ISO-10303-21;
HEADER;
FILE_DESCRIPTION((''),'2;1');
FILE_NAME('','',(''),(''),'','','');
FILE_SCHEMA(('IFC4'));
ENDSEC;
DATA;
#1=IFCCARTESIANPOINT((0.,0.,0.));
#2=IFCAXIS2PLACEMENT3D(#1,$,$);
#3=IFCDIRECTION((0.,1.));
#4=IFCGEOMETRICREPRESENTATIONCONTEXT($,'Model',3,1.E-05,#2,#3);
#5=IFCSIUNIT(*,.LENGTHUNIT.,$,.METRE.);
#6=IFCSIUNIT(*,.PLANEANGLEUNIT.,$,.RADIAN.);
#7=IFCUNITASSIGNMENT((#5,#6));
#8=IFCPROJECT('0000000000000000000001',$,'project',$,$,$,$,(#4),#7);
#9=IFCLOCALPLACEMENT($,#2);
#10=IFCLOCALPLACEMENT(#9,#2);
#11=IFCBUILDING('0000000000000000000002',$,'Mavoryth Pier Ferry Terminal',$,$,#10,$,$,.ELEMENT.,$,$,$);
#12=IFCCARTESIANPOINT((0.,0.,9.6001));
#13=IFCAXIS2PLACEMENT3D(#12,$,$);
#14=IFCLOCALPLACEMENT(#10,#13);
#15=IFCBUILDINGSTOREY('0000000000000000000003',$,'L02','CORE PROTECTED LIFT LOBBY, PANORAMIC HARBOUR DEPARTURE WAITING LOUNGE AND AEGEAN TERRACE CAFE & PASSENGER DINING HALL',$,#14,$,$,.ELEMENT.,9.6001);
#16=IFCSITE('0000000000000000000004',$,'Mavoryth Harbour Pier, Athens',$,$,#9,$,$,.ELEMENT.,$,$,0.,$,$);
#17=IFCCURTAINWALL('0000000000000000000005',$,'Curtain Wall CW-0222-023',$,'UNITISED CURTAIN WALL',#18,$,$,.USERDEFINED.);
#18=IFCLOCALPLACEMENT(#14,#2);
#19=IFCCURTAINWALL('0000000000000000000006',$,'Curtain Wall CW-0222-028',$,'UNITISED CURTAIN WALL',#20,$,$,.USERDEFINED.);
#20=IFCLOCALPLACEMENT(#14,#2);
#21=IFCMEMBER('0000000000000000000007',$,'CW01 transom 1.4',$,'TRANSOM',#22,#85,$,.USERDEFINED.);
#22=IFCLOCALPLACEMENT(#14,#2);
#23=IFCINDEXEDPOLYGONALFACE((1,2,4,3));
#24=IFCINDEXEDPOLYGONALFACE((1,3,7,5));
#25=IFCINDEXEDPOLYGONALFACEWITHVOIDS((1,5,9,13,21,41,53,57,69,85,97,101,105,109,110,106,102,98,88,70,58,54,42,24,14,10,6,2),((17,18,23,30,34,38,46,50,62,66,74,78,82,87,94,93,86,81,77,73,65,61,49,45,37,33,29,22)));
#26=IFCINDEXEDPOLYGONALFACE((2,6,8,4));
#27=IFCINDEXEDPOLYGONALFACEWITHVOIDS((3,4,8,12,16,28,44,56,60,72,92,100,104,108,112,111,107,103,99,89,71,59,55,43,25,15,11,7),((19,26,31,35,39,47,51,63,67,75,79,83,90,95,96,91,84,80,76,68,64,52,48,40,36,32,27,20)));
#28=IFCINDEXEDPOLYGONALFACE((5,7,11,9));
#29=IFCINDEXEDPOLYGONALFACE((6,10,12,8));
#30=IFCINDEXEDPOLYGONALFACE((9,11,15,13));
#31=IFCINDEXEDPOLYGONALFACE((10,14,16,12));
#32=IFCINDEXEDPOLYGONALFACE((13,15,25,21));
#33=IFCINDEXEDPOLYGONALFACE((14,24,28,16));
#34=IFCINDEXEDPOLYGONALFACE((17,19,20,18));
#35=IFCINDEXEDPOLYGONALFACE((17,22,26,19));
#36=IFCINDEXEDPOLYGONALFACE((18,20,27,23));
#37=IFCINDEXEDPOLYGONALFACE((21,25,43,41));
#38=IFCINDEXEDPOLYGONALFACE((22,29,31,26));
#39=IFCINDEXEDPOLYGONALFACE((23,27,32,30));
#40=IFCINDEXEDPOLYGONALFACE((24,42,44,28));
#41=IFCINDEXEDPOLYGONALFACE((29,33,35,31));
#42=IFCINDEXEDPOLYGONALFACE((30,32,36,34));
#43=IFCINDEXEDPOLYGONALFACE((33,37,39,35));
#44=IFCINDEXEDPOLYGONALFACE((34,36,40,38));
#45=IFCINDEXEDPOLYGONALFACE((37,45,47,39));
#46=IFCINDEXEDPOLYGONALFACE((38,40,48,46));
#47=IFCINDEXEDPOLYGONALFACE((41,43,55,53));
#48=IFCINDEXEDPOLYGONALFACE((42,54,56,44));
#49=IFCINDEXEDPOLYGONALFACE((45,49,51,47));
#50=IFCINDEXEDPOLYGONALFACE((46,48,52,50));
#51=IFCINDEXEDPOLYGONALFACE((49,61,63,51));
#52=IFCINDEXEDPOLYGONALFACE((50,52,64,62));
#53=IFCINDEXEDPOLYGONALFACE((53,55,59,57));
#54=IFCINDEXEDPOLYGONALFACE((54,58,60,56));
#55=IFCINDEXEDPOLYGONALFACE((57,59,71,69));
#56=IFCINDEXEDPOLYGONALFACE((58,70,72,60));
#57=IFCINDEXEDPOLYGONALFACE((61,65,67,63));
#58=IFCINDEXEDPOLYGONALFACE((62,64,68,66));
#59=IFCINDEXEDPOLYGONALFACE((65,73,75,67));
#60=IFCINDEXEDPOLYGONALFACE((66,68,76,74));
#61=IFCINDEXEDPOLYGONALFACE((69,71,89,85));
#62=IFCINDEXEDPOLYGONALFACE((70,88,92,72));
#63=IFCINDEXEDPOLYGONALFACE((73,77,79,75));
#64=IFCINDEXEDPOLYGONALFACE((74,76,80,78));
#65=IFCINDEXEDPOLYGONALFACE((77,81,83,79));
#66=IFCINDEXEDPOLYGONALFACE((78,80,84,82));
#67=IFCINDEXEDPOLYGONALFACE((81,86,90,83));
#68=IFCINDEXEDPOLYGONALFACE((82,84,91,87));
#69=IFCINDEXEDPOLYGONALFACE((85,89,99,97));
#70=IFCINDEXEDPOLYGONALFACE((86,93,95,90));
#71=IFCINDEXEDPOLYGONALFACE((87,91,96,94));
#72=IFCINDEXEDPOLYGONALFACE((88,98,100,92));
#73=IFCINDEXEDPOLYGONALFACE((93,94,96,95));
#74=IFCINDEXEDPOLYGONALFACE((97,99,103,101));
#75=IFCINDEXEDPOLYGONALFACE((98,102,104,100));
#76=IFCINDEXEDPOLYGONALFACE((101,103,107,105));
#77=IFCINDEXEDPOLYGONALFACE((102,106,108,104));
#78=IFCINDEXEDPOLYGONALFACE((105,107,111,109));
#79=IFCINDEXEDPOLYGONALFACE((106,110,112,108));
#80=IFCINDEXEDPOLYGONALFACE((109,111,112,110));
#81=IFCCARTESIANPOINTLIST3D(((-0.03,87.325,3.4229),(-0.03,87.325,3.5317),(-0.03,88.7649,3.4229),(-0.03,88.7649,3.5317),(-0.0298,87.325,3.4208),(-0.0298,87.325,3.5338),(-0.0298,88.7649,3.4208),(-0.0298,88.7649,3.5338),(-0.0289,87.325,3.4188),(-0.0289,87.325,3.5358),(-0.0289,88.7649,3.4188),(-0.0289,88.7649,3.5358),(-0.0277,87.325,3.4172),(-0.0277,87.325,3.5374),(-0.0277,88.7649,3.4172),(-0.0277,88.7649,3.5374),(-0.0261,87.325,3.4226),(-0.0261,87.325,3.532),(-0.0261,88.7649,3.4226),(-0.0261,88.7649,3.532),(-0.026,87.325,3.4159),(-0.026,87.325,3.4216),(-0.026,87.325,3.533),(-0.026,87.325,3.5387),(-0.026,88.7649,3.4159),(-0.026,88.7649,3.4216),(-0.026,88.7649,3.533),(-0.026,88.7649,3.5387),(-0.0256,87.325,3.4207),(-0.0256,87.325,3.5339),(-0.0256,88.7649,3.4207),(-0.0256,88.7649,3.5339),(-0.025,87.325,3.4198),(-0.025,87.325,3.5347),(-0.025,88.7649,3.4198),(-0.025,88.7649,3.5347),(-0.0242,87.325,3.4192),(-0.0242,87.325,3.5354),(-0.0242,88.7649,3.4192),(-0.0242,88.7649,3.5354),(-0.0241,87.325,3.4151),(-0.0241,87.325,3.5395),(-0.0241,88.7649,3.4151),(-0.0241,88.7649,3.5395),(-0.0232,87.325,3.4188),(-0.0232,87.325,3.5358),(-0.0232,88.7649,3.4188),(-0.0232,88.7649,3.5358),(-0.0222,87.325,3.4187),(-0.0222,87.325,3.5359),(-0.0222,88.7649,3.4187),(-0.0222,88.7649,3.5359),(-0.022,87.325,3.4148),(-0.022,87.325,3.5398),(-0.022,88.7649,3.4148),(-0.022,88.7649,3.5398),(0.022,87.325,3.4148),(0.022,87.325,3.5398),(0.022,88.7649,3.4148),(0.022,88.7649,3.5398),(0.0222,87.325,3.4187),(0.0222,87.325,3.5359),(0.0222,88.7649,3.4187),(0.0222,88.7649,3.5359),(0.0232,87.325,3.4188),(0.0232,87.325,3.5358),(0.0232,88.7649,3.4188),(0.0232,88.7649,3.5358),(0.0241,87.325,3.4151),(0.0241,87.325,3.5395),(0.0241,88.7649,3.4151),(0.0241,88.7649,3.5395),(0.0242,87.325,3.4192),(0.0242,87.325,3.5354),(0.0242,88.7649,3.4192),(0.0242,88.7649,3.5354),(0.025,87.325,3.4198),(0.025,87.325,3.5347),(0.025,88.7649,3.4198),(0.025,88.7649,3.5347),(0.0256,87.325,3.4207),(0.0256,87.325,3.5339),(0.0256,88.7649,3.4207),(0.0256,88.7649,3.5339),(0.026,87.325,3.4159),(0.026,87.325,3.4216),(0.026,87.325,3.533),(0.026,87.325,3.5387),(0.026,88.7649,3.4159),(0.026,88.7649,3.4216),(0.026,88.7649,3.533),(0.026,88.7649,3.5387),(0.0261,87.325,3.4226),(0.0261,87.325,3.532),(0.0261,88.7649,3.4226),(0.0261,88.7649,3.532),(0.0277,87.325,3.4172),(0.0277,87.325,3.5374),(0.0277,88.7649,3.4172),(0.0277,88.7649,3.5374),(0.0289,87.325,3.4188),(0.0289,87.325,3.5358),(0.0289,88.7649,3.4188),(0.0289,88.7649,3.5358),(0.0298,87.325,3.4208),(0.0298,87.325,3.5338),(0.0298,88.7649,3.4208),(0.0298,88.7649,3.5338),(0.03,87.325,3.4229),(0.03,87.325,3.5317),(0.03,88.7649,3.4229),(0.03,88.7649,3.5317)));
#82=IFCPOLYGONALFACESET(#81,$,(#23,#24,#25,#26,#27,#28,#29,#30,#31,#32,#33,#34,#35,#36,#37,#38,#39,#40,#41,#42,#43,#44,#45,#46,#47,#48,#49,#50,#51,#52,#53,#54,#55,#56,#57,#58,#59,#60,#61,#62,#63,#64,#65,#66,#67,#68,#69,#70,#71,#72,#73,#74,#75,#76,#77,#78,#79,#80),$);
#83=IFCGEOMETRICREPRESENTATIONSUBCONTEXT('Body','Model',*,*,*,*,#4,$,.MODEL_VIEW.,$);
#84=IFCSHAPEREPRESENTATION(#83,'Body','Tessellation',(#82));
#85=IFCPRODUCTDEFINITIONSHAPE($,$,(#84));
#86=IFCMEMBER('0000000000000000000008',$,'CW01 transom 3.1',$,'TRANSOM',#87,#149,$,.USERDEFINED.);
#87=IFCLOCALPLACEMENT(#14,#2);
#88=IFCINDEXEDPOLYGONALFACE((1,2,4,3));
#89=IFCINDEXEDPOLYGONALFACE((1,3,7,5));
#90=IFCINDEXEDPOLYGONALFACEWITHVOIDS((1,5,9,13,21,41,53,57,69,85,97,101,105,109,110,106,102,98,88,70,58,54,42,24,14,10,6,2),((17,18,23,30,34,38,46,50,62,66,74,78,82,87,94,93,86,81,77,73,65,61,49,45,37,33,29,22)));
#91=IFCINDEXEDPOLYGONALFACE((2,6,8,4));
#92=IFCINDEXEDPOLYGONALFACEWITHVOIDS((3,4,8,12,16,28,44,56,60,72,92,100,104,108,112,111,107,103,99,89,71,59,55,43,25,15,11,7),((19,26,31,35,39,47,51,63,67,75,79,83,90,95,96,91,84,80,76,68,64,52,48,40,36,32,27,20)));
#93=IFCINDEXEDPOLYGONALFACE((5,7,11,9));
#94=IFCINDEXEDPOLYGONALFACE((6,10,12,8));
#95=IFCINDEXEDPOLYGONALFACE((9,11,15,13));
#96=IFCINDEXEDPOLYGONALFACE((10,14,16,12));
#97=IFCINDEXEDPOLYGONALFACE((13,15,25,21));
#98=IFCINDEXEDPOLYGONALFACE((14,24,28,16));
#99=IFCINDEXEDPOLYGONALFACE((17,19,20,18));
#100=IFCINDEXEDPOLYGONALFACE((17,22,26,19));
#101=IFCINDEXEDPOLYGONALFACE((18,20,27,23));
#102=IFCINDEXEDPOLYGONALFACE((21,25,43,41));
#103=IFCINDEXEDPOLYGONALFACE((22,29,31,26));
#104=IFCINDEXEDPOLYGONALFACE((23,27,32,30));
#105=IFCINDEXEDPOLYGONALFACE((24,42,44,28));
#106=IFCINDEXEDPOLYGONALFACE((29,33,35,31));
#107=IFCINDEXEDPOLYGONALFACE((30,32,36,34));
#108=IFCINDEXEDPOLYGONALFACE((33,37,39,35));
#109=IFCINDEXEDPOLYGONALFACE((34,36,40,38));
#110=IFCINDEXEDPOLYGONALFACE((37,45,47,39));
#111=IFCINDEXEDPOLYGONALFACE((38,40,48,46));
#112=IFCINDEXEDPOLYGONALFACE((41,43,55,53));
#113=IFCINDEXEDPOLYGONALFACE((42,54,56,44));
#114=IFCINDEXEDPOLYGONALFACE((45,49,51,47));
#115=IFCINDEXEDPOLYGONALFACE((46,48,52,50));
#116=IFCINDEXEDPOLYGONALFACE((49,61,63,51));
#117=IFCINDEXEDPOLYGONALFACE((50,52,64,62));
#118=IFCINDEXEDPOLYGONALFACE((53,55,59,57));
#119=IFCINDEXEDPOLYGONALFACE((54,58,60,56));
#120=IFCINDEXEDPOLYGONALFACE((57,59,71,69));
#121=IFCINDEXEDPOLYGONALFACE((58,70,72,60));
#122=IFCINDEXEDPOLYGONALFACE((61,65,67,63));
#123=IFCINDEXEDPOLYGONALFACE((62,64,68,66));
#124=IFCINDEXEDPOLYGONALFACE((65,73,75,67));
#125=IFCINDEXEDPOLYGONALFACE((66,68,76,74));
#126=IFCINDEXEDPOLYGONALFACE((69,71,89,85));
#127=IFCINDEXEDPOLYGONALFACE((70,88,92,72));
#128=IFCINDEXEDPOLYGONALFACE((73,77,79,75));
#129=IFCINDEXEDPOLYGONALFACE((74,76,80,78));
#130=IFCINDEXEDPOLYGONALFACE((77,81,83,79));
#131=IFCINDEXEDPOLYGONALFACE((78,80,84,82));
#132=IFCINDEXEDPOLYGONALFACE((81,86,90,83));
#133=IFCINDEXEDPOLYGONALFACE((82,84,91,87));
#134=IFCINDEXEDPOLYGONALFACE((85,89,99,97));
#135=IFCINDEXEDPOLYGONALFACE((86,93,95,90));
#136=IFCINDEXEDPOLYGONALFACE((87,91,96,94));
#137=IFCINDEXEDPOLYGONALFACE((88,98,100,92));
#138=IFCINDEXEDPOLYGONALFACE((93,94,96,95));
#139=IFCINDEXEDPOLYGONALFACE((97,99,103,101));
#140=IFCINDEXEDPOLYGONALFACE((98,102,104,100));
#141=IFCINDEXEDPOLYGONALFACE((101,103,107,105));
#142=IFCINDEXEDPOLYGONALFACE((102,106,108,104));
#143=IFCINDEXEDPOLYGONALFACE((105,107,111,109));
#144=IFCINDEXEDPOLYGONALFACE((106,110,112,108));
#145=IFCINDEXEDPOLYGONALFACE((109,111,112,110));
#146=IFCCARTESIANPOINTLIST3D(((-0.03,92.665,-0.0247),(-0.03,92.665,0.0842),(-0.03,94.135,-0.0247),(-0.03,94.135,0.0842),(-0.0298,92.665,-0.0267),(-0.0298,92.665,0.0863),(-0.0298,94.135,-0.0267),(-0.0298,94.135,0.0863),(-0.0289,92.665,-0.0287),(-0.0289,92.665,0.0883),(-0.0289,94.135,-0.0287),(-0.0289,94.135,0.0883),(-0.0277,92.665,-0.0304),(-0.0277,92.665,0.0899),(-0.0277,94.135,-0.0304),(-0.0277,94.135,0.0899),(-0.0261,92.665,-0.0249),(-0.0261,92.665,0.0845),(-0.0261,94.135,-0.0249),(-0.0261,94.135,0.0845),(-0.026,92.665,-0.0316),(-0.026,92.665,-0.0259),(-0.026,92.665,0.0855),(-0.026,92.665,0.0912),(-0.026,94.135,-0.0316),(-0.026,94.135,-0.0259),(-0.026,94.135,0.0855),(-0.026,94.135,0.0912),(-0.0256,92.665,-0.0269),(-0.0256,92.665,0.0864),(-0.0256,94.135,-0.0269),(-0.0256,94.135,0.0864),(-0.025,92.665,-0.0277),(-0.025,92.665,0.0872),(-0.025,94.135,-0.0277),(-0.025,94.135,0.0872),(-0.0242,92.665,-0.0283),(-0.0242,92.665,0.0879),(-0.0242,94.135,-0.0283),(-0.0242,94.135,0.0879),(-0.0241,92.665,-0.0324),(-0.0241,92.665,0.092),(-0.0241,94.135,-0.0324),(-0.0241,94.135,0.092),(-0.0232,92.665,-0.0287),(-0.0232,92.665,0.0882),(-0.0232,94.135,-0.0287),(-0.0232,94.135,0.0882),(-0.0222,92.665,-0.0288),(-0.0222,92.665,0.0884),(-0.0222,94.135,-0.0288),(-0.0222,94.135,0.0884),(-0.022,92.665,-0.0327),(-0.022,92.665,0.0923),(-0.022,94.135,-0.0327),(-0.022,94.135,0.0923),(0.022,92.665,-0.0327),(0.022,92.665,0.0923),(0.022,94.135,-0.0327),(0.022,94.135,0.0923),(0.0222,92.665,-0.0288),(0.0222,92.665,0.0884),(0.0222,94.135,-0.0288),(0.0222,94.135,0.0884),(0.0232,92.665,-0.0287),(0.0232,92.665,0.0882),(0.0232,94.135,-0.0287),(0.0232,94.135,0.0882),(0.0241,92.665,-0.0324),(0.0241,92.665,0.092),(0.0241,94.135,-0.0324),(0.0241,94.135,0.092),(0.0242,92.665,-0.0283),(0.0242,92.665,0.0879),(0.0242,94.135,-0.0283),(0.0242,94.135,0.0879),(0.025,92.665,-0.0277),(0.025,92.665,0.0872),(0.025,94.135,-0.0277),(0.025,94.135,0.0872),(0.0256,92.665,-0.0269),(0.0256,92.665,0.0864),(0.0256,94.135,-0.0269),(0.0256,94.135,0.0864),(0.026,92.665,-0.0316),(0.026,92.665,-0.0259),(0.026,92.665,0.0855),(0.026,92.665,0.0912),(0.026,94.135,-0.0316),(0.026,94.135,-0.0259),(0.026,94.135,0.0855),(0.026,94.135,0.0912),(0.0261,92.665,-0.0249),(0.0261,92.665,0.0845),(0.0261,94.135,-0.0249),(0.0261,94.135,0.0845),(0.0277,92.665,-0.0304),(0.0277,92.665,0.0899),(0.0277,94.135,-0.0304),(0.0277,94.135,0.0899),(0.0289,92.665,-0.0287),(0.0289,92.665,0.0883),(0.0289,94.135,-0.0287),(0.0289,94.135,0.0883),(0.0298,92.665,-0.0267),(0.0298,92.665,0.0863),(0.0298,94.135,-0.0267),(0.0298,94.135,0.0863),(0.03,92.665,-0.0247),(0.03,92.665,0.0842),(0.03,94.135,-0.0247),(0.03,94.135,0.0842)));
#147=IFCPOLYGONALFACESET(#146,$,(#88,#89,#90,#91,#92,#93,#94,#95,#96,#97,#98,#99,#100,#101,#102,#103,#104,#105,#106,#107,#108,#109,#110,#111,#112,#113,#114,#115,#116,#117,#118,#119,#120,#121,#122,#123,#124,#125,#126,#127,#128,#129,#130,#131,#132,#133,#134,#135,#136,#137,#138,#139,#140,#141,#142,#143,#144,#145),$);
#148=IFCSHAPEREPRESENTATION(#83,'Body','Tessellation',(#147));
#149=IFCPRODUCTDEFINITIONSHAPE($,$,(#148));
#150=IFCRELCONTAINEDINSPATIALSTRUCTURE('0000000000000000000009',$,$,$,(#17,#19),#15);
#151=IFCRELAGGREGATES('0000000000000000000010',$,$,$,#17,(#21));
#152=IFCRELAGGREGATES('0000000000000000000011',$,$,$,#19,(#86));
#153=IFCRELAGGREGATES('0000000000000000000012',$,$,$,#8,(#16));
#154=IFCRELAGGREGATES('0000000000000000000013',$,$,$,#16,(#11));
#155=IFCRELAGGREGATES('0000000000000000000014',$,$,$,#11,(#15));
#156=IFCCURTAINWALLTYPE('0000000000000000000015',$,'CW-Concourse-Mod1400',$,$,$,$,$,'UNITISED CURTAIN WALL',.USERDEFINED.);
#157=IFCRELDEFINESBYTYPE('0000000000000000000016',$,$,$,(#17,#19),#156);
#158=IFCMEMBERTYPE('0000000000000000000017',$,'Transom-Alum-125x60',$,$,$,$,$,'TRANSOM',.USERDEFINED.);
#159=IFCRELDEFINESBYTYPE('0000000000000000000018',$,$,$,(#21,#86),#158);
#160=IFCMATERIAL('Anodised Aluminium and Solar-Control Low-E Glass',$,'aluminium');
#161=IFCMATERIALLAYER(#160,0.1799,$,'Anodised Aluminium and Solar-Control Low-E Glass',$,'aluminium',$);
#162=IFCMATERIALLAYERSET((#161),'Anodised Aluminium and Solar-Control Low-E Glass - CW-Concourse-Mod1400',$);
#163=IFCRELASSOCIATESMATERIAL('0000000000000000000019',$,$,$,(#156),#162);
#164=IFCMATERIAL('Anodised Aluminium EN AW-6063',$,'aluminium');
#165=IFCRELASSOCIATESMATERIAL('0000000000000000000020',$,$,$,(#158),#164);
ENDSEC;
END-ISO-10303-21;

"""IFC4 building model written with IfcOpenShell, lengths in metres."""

from ifc_helpers import new_model, si_unit, direction, frame, origin, origin_2d, place, context, subcontext, project, spatial, hollow_rectangle, extrude, material, layer, layer_set, material_profile, profile_set, type_object, element, aggregate, save


model = new_model("IFC4")

# Units and contexts
model_context = context("Model", 3, precision=1e-05, world=origin(), true_north=direction((0.0, 1.0)))
body_context = subcontext(model_context, "Body", "Model", "MODEL_VIEW")
ifc_project = project(units=[si_unit("LENGTHUNIT", "METRE"), si_unit("PLANEANGLEUNIT", "RADIAN")], contexts=[model_context])

# Site, building, storey
site_placement = place(None, origin())
site = spatial("IfcSite", under=ifc_project, at=site_placement, Name="Mavoryth Harbour Pier, Athens", CompositionType="ELEMENT", RefElevation=0.0)
building_placement = place(site_placement, origin())
building = spatial("IfcBuilding", under=site, at=building_placement, Name="Mavoryth Pier Ferry Terminal", CompositionType="ELEMENT")
storey_placement = place(building_placement, frame((0.0, 0.0, 9.6001)))
storey = spatial("IfcBuildingStorey", under=building, at=storey_placement, Name="L02", Description="CORE PROTECTED LIFT LOBBY, PANORAMIC HARBOUR DEPARTURE WAITING LOUNGE AND AEGEAN TERRACE CAFE & PASSENGER DINING HALL", CompositionType="ELEMENT", Elevation=9.6001)

# Curtain wall
ifc_material_1 = material(Name="Anodised Aluminium and Solar-Control Low-E Glass", Category="aluminium")
ifc_layer_1 = layer(ifc_material_1, 0.1799, Name="Anodised Aluminium and Solar-Control Low-E Glass", Category="aluminium")
ifc_layer_set_1 = layer_set([ifc_layer_1], Name="Anodised Aluminium and Solar-Control Low-E Glass - CW-Concourse-Mod1400")
curtain_wall_type = type_object("IfcCurtainWallType", Name="CW-Concourse-Mod1400", ElementType="UNITISED CURTAIN WALL", PredefinedType="USERDEFINED", material=ifc_layer_set_1)
curtain_wall_1_placement = place(storey_placement, origin())
curtain_wall_1 = element("IfcCurtainWall", 1, at=curtain_wall_1_placement, inside=storey, type_object=curtain_wall_type, Name="Curtain Wall CW-0222-023", ObjectType="UNITISED CURTAIN WALL", PredefinedType="USERDEFINED")
ifc_material_2 = material(Name="Anodised Aluminium EN AW-6063", Category="aluminium")

# Curtain wall
curtain_wall_2_placement = place(storey_placement, origin())
curtain_wall_2 = element("IfcCurtainWall", 2, at=curtain_wall_2_placement, inside=storey, type_object=curtain_wall_type, Name="Curtain Wall CW-0222-028", ObjectType="UNITISED CURTAIN WALL", PredefinedType="USERDEFINED")

# Members
ifc_material_profile_1 = material_profile(ifc_material_2, hollow_rectangle(XDim=0.0601, YDim=0.125, WallThickness=0.0039, InnerFilletRadius=0.0039, OuterFilletRadius=0.0081, at=origin_2d()), Name="AL-TRAN 125x60x4", Category="aluminium")
ifc_profile_set_1 = profile_set([ifc_material_profile_1], Name="Anodised Aluminium EN AW-6063 - AL-TRAN 125x60x4")
member_type_1 = type_object("IfcMemberType", Name="Transom-Alum-125x60", ElementType="TRANSOM", PredefinedType="USERDEFINED", material=ifc_profile_set_1)
member_1_placement = place(storey_placement, frame((0.0, 88.7649, 3.4773), z_axis=(0.0, -1.0, 0.0), x_axis=(1.0, 0.0, 0.0)))
member_1 = element("IfcMember", 3, at=member_1_placement, type_object=member_type_1, Name="CW01 transom 1.4", ObjectType="TRANSOM", PredefinedType="USERDEFINED", context=body_context, shape_type="SweptSolid", body=[
    extrude(hollow_rectangle(XDim=0.0601, YDim=0.125, WallThickness=0.0039, InnerFilletRadius=0.0039, OuterFilletRadius=0.0081, at=origin_2d()), origin(), (0.0, 0.0, 1.0), 1.4399),
])
aggregate(curtain_wall_1, [member_1])
member_2_placement = place(storey_placement, frame((0.0, 94.135, 0.0298), z_axis=(0.0, -1.0, 0.0), x_axis=(1.0, 0.0, 0.0)))
member_2 = element("IfcMember", 4, at=member_2_placement, type_object=member_type_1, Name="CW01 transom 3.1", ObjectType="TRANSOM", PredefinedType="USERDEFINED", context=body_context, shape_type="SweptSolid", body=[
    extrude(hollow_rectangle(XDim=0.0601, YDim=0.125, WallThickness=0.0039, InnerFilletRadius=0.0039, OuterFilletRadius=0.0081, at=origin_2d()), origin(), (0.0, 0.0, 1.0), 1.47),
])

aggregate(curtain_wall_2, [member_2])

save(model, "model.ifc")
